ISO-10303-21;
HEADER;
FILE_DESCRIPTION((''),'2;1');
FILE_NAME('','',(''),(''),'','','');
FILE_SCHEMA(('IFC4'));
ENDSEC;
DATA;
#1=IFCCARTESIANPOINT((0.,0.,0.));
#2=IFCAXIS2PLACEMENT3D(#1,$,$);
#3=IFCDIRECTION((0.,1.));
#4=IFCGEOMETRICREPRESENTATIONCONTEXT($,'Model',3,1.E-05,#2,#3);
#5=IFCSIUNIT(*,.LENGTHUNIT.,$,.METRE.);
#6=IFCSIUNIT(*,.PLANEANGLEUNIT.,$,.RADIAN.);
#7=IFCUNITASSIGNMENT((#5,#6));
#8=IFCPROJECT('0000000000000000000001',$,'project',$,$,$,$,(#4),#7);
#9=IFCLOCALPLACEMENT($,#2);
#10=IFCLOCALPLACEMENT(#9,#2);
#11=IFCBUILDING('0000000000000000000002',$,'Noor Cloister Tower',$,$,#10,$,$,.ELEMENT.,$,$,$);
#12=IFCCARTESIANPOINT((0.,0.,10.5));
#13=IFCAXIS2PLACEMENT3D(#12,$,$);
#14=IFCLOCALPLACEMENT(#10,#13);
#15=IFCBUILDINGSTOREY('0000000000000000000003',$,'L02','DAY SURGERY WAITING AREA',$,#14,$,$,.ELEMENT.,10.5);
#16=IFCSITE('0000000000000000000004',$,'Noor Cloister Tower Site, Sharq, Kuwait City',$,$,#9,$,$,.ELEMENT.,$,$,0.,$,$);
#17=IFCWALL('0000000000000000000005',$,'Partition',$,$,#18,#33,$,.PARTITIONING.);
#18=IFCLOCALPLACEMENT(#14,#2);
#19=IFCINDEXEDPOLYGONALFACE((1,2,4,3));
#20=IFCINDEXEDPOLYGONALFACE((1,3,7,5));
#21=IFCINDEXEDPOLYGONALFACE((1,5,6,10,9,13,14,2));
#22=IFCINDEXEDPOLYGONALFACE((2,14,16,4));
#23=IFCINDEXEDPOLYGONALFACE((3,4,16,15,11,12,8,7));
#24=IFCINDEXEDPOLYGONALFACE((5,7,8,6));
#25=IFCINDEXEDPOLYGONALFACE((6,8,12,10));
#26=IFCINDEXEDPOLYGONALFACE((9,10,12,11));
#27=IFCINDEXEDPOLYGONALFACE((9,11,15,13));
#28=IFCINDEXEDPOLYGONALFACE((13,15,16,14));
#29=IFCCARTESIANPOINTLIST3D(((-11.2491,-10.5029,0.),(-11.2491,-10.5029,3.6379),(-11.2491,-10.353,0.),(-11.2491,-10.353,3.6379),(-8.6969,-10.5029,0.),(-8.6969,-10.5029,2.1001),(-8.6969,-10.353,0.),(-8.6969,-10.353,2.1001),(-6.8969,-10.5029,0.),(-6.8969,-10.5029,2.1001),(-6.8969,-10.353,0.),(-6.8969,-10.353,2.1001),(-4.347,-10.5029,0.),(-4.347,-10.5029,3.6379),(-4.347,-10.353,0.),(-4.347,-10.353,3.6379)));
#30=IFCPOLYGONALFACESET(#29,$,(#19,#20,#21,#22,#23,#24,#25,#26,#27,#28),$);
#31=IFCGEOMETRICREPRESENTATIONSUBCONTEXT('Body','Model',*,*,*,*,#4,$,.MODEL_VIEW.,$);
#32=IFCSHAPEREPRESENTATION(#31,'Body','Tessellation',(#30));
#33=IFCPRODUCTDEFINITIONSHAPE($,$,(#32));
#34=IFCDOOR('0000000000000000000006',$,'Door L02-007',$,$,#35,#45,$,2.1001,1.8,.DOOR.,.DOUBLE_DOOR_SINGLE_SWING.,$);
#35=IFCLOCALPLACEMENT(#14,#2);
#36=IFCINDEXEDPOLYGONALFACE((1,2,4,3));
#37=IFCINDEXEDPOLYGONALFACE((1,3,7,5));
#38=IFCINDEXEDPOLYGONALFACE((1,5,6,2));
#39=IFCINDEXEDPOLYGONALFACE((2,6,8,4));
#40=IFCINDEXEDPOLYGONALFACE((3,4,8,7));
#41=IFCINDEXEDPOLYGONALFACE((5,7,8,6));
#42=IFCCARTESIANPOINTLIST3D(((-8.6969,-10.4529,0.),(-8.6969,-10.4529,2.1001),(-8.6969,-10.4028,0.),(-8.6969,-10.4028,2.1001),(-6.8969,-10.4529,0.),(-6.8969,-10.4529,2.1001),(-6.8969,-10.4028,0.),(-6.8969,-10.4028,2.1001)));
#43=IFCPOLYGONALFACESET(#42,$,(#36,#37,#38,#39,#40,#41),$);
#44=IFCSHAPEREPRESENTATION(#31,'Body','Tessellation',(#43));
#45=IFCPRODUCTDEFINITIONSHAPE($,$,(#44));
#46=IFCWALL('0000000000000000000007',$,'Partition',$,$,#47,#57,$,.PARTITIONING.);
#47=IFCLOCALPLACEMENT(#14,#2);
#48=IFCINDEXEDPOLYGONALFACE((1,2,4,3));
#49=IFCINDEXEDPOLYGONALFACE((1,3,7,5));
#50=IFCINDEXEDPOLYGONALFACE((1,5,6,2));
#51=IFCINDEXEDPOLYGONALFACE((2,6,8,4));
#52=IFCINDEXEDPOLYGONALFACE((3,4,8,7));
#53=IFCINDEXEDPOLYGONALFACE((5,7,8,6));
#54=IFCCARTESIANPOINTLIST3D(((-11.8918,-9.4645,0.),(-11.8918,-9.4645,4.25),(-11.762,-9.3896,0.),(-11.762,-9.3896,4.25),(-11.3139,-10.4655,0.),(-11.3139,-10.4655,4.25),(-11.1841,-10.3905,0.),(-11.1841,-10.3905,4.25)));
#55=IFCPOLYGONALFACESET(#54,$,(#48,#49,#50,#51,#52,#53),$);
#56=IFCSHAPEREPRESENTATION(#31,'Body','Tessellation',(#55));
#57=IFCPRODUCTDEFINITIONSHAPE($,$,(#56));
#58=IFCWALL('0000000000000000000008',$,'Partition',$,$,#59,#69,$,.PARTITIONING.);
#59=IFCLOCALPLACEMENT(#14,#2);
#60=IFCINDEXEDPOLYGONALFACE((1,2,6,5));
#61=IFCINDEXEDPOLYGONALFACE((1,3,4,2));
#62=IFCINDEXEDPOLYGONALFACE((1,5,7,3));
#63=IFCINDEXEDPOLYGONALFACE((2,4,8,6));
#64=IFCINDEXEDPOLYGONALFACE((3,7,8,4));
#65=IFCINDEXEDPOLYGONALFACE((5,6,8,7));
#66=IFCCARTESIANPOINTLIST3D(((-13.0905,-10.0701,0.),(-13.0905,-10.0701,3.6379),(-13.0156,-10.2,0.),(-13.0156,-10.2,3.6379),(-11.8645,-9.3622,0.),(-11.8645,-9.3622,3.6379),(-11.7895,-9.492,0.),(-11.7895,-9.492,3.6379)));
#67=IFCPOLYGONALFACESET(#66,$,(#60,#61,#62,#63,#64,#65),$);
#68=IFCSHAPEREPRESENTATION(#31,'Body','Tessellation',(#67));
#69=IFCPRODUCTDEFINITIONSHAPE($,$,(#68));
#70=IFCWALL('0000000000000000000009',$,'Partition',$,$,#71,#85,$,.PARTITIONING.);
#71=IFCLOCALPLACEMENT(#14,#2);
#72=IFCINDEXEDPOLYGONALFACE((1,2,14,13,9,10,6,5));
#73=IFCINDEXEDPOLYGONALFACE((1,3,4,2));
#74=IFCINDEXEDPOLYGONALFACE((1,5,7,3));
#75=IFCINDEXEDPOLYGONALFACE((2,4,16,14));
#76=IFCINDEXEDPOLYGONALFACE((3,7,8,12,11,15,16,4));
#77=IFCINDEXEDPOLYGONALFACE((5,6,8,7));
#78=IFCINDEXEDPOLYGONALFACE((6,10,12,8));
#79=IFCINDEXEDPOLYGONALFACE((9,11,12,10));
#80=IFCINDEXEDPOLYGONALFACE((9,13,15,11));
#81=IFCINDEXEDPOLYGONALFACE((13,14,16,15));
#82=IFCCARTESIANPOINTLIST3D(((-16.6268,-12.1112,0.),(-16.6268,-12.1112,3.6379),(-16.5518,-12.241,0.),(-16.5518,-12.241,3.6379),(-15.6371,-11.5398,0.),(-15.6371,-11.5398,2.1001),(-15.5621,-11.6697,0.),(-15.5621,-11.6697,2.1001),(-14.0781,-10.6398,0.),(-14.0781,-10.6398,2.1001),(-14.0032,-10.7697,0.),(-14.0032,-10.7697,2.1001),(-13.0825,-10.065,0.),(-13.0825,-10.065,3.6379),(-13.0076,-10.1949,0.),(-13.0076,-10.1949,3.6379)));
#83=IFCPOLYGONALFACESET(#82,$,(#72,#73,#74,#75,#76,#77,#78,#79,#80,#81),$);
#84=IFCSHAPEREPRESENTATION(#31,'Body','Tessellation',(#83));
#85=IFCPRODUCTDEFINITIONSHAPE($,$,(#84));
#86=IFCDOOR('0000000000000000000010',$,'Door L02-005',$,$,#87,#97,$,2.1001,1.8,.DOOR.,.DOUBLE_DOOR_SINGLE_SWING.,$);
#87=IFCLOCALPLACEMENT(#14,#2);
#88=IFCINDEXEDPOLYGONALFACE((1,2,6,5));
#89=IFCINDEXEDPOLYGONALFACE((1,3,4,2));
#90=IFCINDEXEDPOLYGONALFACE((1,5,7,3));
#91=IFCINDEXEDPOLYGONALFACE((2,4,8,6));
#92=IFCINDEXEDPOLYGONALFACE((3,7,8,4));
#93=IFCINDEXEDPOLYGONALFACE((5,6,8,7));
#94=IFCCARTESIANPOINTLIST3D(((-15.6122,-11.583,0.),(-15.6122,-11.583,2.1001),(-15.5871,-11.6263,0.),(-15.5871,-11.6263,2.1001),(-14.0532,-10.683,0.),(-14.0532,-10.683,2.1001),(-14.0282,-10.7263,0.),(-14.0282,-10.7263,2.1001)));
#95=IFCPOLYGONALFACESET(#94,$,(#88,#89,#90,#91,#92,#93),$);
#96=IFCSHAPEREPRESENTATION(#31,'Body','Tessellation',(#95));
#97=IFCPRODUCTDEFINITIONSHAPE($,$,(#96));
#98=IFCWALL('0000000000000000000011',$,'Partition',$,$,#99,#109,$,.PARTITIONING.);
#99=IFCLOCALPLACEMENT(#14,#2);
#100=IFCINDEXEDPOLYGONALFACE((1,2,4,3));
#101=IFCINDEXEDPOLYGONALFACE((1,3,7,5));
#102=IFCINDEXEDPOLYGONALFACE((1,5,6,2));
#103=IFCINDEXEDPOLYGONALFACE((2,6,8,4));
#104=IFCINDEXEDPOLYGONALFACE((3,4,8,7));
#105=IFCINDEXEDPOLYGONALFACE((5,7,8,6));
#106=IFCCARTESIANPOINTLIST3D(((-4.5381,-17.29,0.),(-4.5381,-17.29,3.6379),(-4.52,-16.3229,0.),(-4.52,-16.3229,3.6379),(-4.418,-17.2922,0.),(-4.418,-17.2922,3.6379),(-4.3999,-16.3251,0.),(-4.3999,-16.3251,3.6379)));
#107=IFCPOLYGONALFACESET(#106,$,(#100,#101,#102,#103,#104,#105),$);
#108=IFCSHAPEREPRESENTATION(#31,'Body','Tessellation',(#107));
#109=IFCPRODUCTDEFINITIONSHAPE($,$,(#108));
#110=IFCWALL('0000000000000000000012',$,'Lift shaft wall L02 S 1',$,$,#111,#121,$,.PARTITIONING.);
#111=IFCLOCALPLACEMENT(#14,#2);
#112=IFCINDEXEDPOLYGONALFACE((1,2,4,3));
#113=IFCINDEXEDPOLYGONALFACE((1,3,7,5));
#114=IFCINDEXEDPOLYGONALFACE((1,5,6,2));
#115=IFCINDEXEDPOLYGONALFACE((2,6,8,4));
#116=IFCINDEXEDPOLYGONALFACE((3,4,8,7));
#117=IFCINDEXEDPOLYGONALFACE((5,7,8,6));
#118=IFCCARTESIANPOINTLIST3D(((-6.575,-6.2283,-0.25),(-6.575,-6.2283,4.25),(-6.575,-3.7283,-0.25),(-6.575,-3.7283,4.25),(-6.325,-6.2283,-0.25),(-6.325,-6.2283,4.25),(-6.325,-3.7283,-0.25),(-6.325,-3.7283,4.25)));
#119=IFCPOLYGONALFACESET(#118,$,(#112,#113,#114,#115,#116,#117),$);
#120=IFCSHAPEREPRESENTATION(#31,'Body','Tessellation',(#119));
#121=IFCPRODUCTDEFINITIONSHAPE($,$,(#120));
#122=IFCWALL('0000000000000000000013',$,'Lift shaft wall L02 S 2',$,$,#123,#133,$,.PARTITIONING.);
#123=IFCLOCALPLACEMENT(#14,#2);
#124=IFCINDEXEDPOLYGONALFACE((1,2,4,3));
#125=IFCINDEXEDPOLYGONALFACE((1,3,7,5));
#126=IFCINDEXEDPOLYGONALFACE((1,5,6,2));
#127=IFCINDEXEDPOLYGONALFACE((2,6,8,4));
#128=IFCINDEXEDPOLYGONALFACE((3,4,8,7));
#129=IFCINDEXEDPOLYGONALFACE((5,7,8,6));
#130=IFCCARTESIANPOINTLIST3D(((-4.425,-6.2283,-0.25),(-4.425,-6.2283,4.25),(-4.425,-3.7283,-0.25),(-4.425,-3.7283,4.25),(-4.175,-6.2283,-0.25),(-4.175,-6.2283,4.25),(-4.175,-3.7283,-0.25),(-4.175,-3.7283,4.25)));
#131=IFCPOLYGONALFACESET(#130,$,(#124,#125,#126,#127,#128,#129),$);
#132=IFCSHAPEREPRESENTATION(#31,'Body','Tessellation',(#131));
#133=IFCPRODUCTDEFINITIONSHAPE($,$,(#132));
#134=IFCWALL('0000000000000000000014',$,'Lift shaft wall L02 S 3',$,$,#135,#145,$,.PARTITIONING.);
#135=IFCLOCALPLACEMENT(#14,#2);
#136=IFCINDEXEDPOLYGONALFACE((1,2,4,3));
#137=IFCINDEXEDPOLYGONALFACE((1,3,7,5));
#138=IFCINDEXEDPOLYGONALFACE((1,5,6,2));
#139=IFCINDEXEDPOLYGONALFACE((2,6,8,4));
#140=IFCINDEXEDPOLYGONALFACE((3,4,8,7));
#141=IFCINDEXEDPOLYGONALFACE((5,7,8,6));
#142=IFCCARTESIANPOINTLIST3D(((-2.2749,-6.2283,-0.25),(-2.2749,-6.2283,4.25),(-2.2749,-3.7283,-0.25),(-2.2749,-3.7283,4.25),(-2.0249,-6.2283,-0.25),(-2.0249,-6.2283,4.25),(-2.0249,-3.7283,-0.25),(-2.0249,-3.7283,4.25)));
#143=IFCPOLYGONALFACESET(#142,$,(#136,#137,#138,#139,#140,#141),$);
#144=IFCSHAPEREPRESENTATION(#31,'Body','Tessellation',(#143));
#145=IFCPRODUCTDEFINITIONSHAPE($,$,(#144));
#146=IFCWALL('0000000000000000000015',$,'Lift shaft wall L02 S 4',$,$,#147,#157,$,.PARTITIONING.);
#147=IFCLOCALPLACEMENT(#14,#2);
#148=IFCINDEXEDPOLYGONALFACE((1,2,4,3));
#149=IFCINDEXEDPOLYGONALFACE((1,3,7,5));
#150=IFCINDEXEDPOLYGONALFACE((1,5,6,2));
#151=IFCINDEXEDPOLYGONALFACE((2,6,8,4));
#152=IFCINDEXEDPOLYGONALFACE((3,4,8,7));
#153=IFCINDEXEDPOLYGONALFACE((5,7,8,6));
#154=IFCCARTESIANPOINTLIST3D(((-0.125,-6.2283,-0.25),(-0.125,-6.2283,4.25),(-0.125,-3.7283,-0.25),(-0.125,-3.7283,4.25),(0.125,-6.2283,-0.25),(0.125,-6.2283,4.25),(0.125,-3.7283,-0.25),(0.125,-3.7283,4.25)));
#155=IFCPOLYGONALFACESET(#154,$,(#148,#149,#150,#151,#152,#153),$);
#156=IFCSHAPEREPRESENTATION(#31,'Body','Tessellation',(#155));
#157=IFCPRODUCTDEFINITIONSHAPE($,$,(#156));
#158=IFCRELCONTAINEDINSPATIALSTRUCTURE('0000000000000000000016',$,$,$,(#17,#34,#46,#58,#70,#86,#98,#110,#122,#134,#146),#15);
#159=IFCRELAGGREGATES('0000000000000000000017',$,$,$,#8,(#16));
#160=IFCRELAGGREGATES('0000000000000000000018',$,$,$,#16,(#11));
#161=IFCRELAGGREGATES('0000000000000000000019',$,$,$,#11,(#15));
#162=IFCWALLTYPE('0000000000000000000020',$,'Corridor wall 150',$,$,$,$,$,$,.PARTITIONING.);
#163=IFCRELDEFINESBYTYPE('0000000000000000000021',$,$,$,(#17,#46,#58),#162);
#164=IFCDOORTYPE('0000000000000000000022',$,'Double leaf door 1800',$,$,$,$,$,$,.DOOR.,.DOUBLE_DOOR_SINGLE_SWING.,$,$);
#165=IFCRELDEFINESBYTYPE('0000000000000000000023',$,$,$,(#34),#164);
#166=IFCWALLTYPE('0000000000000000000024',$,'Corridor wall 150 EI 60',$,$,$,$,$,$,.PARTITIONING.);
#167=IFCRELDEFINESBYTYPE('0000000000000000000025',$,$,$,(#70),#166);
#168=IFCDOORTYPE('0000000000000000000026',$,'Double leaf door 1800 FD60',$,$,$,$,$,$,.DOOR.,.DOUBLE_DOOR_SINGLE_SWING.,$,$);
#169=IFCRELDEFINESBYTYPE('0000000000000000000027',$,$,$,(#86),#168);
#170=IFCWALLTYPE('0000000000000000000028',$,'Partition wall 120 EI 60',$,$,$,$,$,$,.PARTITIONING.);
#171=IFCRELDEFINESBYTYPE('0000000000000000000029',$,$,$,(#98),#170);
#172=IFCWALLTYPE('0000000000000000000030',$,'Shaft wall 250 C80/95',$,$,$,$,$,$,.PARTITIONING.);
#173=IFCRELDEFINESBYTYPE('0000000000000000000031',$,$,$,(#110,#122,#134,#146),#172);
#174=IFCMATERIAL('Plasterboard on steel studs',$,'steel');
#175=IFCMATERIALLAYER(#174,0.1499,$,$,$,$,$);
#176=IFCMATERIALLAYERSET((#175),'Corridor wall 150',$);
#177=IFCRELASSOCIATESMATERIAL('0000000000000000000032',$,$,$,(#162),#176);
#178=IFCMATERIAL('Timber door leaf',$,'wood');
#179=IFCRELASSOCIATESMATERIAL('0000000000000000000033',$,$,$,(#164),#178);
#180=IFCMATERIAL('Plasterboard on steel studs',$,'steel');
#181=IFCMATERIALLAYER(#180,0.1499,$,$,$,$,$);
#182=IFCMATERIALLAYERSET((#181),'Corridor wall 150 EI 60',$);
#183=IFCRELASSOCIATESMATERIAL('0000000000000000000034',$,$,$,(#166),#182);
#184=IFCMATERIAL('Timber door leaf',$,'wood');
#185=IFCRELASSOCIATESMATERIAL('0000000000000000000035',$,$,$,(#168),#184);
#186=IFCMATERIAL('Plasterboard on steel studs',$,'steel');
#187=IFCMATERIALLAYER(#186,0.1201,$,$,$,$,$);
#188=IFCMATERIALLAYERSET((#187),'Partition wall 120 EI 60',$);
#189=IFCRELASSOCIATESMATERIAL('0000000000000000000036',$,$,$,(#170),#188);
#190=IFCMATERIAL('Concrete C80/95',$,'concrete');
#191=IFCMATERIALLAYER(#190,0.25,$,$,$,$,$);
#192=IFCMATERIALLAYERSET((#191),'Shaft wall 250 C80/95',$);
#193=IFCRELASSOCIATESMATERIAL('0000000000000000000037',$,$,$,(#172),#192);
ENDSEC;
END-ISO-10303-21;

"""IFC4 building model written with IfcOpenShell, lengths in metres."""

from ifc_helpers import new_model, si_unit, direction, frame, frame_2d, origin, place, context, subcontext, project, spatial, rectangle, extrude, material, layer, layer_set, type_object, element, fill, save


model = new_model("IFC4")

# Units and contexts
model_context = context("Model", 3, precision=1e-05, world=origin(), true_north=direction((0.0, 1.0)))
body_context = subcontext(model_context, "Body", "Model", "MODEL_VIEW")
ifc_project = project(units=[si_unit("LENGTHUNIT", "METRE"), si_unit("PLANEANGLEUNIT", "RADIAN")], contexts=[model_context])

# Site, building, storey
site_placement = place(None, origin())
site = spatial("IfcSite", under=ifc_project, at=site_placement, Name="Noor Cloister Tower Site, Sharq, Kuwait City", CompositionType="ELEMENT", RefElevation=0.0)
building_placement = place(site_placement, origin())
building = spatial("IfcBuilding", under=site, at=building_placement, Name="Noor Cloister Tower", CompositionType="ELEMENT")
storey_placement = place(building_placement, frame((0.0, 0.0, 10.5)))
storey = spatial("IfcBuildingStorey", under=building, at=storey_placement, Name="L02", Description="DAY SURGERY WAITING AREA", CompositionType="ELEMENT", Elevation=10.5)

# Wall, opening, door
ifc_material_1 = material(Name="Plasterboard on steel studs", Category="steel")
ifc_layer_1 = layer(ifc_material_1, 0.1499)
ifc_layer_set_1 = layer_set([ifc_layer_1], Name="Corridor wall 150")
wall_type_1 = type_object("IfcWallType", Name="Corridor wall 150", PredefinedType="PARTITIONING", material=ifc_layer_set_1)
wall_1_placement = place(storey_placement, frame((-4.3469, -10.428, 0.0), z_axis=(0.0, 0.0, 1.0), x_axis=(-1.0, 0.0, 0.0)))
wall_1 = element("IfcWall", 1, at=wall_1_placement, inside=storey, type_object=wall_type_1, Name="Partition", PredefinedType="PARTITIONING", context=body_context, shape_type="SweptSolid", body=[
    extrude(rectangle(XDim=6.9021, YDim=0.1499, at=frame_2d((3.4512, 0.0))), origin(), (0.0, 0.0, 1.0), 3.6379),
])
opening_1_placement = place(wall_1_placement, frame((2.55, 0.0, 0.0)))
opening_1 = element("IfcOpeningElement", 2, at=opening_1_placement, cuts=wall_1, PredefinedType="OPENING", context=body_context, shape_type="SweptSolid", body=[
    extrude(rectangle(XDim=1.8, YDim=2.1001, at=frame_2d((0.8999, 1.05))), frame((0.0, 0.085, 0.0), z_axis=(0.0, -1.0, 0.0), x_axis=(1.0, 0.0, 0.0)), (0.0, 0.0, 1.0), 0.1699),
])
ifc_material_2 = material(Name="Timber door leaf", Category="wood")
door_type_1 = type_object("IfcDoorType", Name="Double leaf door 1800", OperationType="DOUBLE_DOOR_SINGLE_SWING", PredefinedType="DOOR", material=ifc_material_2)
door_1_placement = place(opening_1_placement, origin())
door_1 = element("IfcDoor", 3, at=door_1_placement, inside=storey, type_object=door_type_1, Name="Door L02-007", OperationType="DOUBLE_DOOR_SINGLE_SWING", OverallHeight=2.1001, OverallWidth=1.8, PredefinedType="DOOR", context=body_context, shape_type="SweptSolid", body=[
    extrude(rectangle(XDim=1.8, YDim=2.1001, at=frame_2d((0.8999, 1.05))), frame((0.0, 0.0249, 0.0), z_axis=(0.0, -1.0, 0.0), x_axis=(1.0, 0.0, 0.0)), (0.0, 0.0, 1.0), 0.05),
])
fill(opening_1, door_1)

# Walls
wall_2_placement = place(storey_placement, frame((-11.249, -10.428, 0.0), z_axis=(0.0, 0.0, 1.0), x_axis=(-0.499978, 0.866038, 0.0)))
element("IfcWall", 4, at=wall_2_placement, inside=storey, type_object=wall_type_1, Name="Partition", PredefinedType="PARTITIONING", context=body_context, shape_type="SweptSolid", body=[
    extrude(rectangle(XDim=1.1558, YDim=0.1499, at=frame_2d((0.5779, 0.0))), origin(), (0.0, 0.0, 1.0), 4.25),
])
wall_3_placement = place(storey_placement, frame((-11.8269, -9.427, 0.0), z_axis=(0.0, 0.0, 1.0), x_axis=(-0.865985, -0.500071, 0.0)))
element("IfcWall", 5, at=wall_3_placement, inside=storey, type_object=wall_type_1, Name="Partition", PredefinedType="PARTITIONING", context=body_context, shape_type="SweptSolid", body=[
    extrude(rectangle(XDim=1.4158, YDim=0.1499, at=frame_2d((0.708, 0.0))), origin(), (0.0, 0.0, 1.0), 3.6379),
])

# Wall, opening, door
ifc_material_3 = material(Name="Plasterboard on steel studs", Category="steel")
ifc_layer_2 = layer(ifc_material_3, 0.1499)
ifc_layer_set_2 = layer_set([ifc_layer_2], Name="Corridor wall 150 EI 60")
wall_type_2 = type_object("IfcWallType", Name="Corridor wall 150 EI 60", PredefinedType="PARTITIONING", material=ifc_layer_set_2)
wall_4_placement = place(storey_placement, frame((-13.0449, -10.1299, 0.0), z_axis=(0.0, 0.0, 1.0), x_axis=(-0.866036, -0.499982, 0.0)))
wall_4 = element("IfcWall", 6, at=wall_4_placement, inside=storey, type_object=wall_type_2, Name="Partition", PredefinedType="PARTITIONING", context=body_context, shape_type="SweptSolid", body=[
    extrude(rectangle(XDim=4.0925, YDim=0.1499, at=frame_2d((2.0464, 0.0))), origin(), (0.0, 0.0, 1.0), 3.6379),
])
opening_2_placement = place(wall_4_placement, frame((1.1499, 0.0, 0.0)))
opening_2 = element("IfcOpeningElement", 7, at=opening_2_placement, cuts=wall_4, PredefinedType="OPENING", context=body_context, shape_type="SweptSolid", body=[
    extrude(rectangle(XDim=1.8, YDim=2.1001, at=frame_2d((0.8999, 1.05))), frame((0.0, 0.085, 0.0), z_axis=(0.0, -1.0, 0.0), x_axis=(1.0, 0.0, 0.0)), (0.0, 0.0, 1.0), 0.1699),
])
ifc_material_4 = material(Name="Timber door leaf", Category="wood")
door_type_2 = type_object("IfcDoorType", Name="Double leaf door 1800 FD60", OperationType="DOUBLE_DOOR_SINGLE_SWING", PredefinedType="DOOR", material=ifc_material_4)
door_2_placement = place(opening_2_placement, origin())
door_2 = element("IfcDoor", 8, at=door_2_placement, inside=storey, type_object=door_type_2, Name="Door L02-005", OperationType="DOUBLE_DOOR_SINGLE_SWING", OverallHeight=2.1001, OverallWidth=1.8, PredefinedType="DOOR", context=body_context, shape_type="SweptSolid", body=[
    extrude(rectangle(XDim=1.8, YDim=2.1001, at=frame_2d((0.8999, 1.05))), frame((0.0, 0.0249, 0.0), z_axis=(0.0, -1.0, 0.0), x_axis=(1.0, 0.0, 0.0)), (0.0, 0.0, 1.0), 0.05),
])
fill(opening_2, door_2)

# Walls
ifc_material_5 = material(Name="Plasterboard on steel studs", Category="steel")
ifc_layer_3 = layer(ifc_material_5, 0.1201)
ifc_layer_set_3 = layer_set([ifc_layer_3], Name="Partition wall 120 EI 60")
wall_type_3 = type_object("IfcWallType", Name="Partition wall 120 EI 60", PredefinedType="PARTITIONING", material=ifc_layer_set_3)
wall_5_placement = place(storey_placement, frame((-4.46, -16.324, 0.0), z_axis=(0.0, 0.0, 1.0), x_axis=(-0.018679, -0.999826, 0.0)))
element("IfcWall", 9, at=wall_5_placement, inside=storey, type_object=wall_type_3, Name="Partition", PredefinedType="PARTITIONING", context=body_context, shape_type="SweptSolid", body=[
    extrude(rectangle(XDim=0.9673, YDim=0.1201, at=frame_2d((0.4836, 0.0))), origin(), (0.0, 0.0, 1.0), 3.6379),
])
ifc_material_6 = material(Name="Concrete C80/95", Category="concrete")
ifc_layer_4 = layer(ifc_material_6, 0.25)
ifc_layer_set_4 = layer_set([ifc_layer_4], Name="Shaft wall 250 C80/95")
wall_type_4 = type_object("IfcWallType", Name="Shaft wall 250 C80/95", PredefinedType="PARTITIONING", material=ifc_layer_set_4)
for number, where, z_axis, x_axis, name in (
    (10, (-6.45, -6.2283, -0.25), (0.0, 0.0, 1.0), (0.0, 1.0, 0.0), "Lift shaft wall L02 S 1"),
    (11, (-4.3, -6.2283, -0.25), (0.0, 0.0, 1.0), (0.0, 1.0, 0.0), "Lift shaft wall L02 S 2"),
    (12, (-2.1499, -6.2283, -0.25), (0.0, 0.0, 1.0), (0.0, 1.0, 0.0), "Lift shaft wall L02 S 3"),
    (13, (0.0, -6.2283, -0.25), (0.0, 0.0, 1.0), (0.0, 1.0, 0.0), "Lift shaft wall L02 S 4"),
):
    element("IfcWall", number, at=place(storey_placement, frame(where, z_axis=z_axis, x_axis=x_axis)), inside=storey, type_object=wall_type_4, Name=name, PredefinedType="PARTITIONING", context=body_context, shape_type="SweptSolid", body=[
        extrude(rectangle(XDim=2.5, YDim=0.25, at=frame_2d((1.25, 0.0))), origin(), (0.0, 0.0, 1.0), 4.5),
    ])

save(model, "model.ifc")
